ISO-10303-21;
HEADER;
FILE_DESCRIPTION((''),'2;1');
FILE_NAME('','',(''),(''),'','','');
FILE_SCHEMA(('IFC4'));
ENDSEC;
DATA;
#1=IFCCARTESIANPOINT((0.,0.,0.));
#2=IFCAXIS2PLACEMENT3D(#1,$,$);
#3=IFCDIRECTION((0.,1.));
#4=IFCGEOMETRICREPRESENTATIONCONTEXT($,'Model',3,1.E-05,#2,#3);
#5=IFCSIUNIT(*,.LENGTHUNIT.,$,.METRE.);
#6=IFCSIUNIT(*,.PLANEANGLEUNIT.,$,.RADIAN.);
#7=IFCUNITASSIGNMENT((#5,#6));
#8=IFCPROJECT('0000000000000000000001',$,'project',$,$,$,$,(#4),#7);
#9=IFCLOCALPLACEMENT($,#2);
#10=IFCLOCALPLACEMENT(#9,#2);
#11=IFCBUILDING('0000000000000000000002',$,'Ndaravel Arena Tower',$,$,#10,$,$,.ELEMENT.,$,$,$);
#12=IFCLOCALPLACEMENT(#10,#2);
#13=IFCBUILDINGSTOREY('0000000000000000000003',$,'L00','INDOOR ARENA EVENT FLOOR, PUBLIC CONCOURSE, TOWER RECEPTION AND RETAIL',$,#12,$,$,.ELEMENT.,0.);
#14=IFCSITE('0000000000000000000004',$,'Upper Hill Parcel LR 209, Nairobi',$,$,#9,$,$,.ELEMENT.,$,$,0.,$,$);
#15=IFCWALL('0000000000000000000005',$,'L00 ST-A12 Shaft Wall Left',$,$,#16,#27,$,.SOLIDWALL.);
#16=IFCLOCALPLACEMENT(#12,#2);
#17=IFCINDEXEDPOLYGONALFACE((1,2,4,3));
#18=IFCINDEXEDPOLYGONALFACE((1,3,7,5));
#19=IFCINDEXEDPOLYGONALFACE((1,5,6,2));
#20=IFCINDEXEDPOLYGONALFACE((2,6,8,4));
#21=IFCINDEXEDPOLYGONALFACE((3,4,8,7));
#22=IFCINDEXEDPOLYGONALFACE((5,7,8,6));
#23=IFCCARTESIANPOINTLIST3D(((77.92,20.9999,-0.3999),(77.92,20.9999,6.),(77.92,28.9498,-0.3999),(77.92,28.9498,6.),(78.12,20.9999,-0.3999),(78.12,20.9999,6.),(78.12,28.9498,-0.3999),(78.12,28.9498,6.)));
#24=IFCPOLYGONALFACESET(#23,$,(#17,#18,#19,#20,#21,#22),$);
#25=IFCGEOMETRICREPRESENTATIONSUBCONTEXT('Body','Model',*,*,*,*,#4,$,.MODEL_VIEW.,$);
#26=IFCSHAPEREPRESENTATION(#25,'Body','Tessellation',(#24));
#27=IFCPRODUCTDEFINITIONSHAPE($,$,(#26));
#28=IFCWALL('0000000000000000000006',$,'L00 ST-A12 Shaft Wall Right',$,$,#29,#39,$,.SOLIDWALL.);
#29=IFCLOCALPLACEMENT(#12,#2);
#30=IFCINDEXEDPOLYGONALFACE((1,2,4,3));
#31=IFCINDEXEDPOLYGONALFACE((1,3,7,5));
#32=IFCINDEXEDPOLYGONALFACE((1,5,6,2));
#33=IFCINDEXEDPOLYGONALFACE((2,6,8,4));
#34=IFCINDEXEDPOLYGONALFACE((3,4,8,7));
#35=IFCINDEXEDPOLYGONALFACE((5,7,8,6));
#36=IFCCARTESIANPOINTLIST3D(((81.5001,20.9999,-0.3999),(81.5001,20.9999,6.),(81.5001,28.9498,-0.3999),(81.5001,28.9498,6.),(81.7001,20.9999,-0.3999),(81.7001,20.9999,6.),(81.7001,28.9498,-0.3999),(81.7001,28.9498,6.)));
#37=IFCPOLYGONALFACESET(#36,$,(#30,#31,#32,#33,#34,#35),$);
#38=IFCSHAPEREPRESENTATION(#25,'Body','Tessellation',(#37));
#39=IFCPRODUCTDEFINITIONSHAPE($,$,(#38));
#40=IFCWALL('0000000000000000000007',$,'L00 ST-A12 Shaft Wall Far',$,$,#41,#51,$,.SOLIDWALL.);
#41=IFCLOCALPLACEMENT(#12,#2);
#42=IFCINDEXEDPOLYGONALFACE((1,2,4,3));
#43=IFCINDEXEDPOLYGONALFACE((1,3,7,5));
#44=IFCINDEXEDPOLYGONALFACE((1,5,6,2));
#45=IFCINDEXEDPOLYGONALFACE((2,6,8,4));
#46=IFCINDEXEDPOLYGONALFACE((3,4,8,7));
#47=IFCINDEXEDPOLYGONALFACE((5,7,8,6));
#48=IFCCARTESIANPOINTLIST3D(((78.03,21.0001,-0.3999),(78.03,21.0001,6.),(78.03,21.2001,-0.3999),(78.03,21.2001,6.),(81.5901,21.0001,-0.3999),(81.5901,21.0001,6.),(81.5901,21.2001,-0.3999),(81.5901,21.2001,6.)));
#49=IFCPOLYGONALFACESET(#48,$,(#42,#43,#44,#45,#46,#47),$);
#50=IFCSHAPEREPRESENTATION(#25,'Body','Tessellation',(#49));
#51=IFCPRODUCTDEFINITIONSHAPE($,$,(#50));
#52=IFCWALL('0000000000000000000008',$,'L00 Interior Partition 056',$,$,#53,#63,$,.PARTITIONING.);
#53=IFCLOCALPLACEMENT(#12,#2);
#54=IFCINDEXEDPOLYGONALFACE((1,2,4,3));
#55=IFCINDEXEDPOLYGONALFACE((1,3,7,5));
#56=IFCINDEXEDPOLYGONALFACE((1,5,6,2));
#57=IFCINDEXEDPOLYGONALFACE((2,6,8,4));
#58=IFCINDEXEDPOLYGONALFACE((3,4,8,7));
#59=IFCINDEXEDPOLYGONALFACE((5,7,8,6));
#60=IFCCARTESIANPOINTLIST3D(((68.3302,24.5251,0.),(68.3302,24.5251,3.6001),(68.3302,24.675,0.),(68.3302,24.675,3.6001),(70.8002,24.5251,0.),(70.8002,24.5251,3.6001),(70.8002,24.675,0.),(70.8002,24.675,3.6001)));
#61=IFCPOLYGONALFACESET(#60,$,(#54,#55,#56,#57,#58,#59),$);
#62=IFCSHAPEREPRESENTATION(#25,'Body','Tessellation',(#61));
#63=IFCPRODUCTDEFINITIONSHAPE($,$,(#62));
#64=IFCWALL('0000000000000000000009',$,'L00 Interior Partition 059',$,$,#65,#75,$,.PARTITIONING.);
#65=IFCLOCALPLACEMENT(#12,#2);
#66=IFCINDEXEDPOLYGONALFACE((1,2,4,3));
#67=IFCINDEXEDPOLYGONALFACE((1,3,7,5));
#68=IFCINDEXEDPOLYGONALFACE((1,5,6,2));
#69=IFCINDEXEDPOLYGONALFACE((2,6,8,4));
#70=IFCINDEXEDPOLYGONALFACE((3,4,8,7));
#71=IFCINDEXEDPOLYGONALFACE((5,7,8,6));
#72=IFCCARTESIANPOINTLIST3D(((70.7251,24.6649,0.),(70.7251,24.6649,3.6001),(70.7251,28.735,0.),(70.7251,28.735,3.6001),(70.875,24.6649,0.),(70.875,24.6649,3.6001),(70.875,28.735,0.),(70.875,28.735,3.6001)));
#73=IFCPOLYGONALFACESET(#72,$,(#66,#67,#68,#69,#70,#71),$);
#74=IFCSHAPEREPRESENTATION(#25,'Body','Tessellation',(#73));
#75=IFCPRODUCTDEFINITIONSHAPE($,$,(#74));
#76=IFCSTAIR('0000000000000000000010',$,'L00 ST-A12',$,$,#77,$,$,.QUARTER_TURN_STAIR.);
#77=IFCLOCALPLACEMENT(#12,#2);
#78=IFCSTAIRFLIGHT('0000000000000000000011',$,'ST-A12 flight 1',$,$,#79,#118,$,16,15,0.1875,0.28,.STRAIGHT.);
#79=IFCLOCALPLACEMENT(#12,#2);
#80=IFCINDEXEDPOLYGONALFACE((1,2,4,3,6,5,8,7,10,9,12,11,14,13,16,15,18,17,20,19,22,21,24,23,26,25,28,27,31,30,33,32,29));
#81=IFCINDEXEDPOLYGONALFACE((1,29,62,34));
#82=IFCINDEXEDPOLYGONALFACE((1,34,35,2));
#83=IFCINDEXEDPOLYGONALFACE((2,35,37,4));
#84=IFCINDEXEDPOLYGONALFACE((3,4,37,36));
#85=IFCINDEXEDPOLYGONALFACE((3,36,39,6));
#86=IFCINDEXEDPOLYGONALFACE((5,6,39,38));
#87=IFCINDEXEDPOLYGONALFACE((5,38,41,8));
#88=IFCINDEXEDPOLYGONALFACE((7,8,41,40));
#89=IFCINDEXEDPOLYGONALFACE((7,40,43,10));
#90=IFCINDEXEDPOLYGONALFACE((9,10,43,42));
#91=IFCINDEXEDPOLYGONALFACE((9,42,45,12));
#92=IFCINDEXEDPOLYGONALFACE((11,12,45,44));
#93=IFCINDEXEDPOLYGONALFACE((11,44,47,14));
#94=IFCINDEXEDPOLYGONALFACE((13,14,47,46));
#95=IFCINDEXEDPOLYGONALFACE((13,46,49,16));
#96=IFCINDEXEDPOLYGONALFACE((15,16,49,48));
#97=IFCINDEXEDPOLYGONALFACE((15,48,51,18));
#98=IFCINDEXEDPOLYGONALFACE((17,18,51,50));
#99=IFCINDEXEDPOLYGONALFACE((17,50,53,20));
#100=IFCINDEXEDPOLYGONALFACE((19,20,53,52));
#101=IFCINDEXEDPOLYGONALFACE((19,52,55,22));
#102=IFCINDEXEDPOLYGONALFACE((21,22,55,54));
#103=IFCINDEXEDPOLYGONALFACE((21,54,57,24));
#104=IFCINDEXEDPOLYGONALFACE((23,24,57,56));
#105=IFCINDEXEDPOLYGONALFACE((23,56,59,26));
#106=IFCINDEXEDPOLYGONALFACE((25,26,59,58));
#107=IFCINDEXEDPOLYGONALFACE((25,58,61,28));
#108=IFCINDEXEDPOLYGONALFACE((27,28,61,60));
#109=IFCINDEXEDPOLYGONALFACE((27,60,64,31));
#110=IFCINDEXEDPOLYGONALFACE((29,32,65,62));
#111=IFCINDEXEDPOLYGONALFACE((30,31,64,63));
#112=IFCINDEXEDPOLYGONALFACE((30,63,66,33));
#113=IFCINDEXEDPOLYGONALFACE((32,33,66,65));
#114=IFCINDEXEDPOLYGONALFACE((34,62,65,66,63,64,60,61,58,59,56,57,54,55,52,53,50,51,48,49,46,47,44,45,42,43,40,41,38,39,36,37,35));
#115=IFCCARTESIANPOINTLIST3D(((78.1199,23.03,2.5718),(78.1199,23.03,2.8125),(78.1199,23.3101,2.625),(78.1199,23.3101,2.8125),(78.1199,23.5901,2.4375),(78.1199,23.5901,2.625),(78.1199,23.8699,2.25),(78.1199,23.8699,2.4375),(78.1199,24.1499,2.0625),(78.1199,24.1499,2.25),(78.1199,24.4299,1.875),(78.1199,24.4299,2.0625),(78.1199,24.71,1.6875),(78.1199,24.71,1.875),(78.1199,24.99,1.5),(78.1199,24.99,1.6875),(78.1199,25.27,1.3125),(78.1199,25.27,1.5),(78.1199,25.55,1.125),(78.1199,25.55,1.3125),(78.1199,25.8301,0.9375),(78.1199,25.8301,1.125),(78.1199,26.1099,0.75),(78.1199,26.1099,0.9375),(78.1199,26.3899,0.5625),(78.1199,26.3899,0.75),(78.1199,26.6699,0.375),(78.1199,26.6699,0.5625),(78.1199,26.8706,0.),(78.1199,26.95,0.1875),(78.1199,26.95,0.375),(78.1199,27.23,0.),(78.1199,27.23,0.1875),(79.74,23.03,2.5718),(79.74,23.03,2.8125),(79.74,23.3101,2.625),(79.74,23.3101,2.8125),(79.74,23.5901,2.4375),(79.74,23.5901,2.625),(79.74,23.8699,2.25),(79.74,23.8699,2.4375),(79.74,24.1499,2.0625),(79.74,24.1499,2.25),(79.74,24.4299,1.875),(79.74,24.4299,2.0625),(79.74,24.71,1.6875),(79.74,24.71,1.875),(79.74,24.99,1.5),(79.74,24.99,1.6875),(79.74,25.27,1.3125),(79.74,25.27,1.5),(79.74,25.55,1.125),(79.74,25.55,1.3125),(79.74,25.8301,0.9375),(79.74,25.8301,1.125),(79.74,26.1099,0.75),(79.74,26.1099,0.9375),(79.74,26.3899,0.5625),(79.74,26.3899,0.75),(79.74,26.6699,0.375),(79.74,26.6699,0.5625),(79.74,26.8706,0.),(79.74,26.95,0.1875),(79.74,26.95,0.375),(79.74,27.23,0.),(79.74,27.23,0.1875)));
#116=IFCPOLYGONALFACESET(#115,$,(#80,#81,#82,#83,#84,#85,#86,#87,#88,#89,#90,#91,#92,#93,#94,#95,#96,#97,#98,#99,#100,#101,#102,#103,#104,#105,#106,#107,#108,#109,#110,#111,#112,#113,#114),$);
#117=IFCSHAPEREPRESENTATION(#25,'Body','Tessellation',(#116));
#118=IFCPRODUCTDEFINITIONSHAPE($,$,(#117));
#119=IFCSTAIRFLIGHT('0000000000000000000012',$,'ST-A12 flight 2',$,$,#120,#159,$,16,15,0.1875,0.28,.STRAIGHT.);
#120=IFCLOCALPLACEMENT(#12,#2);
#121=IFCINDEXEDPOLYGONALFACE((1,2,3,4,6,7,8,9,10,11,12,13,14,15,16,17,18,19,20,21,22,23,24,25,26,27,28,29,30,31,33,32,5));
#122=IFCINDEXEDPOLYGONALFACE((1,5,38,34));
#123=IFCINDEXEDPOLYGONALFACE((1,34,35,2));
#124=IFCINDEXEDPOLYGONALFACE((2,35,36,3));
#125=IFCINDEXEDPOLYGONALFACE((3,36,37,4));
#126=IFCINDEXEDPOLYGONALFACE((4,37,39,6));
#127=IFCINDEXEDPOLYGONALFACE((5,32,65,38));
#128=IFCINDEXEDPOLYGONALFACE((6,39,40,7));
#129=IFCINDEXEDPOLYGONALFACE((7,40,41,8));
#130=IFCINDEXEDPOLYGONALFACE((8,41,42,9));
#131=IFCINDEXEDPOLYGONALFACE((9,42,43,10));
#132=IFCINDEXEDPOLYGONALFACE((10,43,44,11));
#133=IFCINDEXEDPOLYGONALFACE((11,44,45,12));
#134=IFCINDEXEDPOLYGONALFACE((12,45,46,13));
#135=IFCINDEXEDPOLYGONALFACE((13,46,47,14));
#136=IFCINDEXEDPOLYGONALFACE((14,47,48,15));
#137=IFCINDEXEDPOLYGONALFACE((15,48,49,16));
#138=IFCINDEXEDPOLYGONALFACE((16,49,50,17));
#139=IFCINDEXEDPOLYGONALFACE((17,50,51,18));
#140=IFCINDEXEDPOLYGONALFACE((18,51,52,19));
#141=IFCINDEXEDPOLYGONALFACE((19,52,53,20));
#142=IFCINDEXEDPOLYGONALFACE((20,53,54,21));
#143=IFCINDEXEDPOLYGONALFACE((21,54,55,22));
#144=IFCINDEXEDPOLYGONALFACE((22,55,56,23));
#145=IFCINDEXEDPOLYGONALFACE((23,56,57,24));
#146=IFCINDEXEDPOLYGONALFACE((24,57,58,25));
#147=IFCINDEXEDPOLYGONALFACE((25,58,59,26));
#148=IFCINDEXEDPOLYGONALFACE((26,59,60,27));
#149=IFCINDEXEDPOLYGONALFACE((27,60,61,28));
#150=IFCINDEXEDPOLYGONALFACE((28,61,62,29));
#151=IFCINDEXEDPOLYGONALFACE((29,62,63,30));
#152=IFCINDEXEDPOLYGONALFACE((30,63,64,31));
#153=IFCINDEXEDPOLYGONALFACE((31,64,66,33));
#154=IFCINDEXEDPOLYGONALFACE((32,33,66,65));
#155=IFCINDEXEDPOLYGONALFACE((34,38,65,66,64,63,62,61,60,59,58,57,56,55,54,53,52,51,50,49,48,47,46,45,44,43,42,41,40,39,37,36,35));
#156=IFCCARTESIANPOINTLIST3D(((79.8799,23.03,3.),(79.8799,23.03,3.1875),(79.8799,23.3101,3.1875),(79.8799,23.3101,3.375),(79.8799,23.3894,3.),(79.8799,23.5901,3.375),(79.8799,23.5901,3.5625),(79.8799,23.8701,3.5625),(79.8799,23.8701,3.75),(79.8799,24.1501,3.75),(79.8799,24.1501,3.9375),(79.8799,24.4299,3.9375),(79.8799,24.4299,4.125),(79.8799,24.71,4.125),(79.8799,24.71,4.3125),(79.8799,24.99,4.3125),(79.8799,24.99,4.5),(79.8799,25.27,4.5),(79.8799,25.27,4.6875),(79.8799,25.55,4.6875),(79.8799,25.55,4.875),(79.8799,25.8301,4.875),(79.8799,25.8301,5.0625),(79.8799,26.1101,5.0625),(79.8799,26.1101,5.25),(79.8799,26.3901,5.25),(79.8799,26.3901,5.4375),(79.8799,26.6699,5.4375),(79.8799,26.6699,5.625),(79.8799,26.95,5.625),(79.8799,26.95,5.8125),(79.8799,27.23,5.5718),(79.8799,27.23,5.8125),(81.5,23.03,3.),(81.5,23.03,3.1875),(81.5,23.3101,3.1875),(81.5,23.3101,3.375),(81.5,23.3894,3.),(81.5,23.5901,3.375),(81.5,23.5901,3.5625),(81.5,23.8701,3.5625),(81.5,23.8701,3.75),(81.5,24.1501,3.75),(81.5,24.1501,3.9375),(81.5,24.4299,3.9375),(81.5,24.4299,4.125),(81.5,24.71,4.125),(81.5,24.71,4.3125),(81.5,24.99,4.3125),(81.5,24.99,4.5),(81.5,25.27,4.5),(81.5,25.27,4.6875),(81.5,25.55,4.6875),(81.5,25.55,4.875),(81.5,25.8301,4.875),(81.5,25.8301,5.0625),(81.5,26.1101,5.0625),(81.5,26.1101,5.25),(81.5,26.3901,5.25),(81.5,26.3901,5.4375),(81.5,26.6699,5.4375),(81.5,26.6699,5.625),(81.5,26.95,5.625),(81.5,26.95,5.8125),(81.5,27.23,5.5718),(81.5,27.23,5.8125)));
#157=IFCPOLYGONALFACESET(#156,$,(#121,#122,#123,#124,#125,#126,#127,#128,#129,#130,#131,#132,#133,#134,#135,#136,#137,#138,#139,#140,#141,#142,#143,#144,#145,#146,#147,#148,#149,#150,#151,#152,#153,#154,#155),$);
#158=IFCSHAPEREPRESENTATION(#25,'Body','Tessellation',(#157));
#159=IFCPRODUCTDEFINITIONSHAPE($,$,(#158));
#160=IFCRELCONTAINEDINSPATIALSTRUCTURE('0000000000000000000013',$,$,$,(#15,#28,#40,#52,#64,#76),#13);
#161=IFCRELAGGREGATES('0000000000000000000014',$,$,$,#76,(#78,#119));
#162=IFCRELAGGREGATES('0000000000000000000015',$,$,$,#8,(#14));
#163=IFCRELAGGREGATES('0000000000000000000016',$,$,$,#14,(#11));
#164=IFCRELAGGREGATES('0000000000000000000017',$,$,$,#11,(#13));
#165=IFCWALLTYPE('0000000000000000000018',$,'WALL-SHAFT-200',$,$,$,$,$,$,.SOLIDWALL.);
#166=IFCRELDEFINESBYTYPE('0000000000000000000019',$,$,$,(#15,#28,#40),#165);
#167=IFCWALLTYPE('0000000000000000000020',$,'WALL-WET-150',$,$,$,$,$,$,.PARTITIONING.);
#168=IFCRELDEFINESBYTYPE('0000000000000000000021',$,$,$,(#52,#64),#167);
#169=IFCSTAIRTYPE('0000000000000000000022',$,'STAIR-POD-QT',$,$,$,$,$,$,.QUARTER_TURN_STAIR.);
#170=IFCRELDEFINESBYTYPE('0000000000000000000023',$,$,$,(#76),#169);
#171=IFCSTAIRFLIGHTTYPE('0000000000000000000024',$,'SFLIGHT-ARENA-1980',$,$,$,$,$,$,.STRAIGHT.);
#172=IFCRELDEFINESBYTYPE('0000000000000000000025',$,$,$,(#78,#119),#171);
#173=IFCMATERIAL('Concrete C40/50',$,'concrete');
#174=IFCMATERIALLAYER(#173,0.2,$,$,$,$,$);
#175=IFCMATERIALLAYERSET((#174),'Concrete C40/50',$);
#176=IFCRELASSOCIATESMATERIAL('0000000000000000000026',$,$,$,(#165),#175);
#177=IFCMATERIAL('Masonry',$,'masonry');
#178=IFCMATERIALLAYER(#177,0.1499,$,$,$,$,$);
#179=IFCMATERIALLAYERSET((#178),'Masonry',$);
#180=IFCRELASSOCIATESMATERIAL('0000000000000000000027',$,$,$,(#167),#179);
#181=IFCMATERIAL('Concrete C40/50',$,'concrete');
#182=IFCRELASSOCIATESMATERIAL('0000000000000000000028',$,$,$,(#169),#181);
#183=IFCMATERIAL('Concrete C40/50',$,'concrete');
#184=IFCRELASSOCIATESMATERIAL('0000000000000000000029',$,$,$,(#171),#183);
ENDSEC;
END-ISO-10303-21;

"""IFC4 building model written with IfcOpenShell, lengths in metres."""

from ifc_helpers import new_model, si_unit, direction, frame, frame_2d, origin, place, context, subcontext, project, spatial, polyline, rectangle, outline, extrude, material, layer, layer_set, type_object, element, aggregate, save


model = new_model("IFC4")

# Units and contexts
model_context = context("Model", 3, precision=1e-05, world=origin(), true_north=direction((0.0, 1.0)))
body_context = subcontext(model_context, "Body", "Model", "MODEL_VIEW")
ifc_project = project(units=[si_unit("LENGTHUNIT", "METRE"), si_unit("PLANEANGLEUNIT", "RADIAN")], contexts=[model_context])

# Site, building, storey
site_placement = place(None, origin())
site = spatial("IfcSite", under=ifc_project, at=site_placement, Name="Upper Hill Parcel LR 209, Nairobi", CompositionType="ELEMENT", RefElevation=0.0)
building_placement = place(site_placement, origin())
building = spatial("IfcBuilding", under=site, at=building_placement, Name="Ndaravel Arena Tower", CompositionType="ELEMENT")
storey_placement = place(building_placement, origin())
storey = spatial("IfcBuildingStorey", under=building, at=storey_placement, Name="L00", Description="INDOOR ARENA EVENT FLOOR, PUBLIC CONCOURSE, TOWER RECEPTION AND RETAIL", CompositionType="ELEMENT", Elevation=0.0)

# Walls
ifc_material_1 = material(Name="Concrete C40/50", Category="concrete")
ifc_layer_1 = layer(ifc_material_1, 0.2)
ifc_layer_set_1 = layer_set([ifc_layer_1], Name="Concrete C40/50")
wall_type_1 = type_object("IfcWallType", Name="WALL-SHAFT-200", PredefinedType="SOLIDWALL", material=ifc_layer_set_1)
for number, where, z_axis, x_axis, name in (
    (1, (78.02, 28.95, -0.3999), (0.0, 0.0, 1.0), (0.0, -1.0, 0.0), "L00 ST-A12 Shaft Wall Left"),
    (2, (81.6001, 28.95, -0.3999), (0.0, 0.0, 1.0), (0.0, -1.0, 0.0), "L00 ST-A12 Shaft Wall Right"),
):
    element("IfcWall", number, at=place(storey_placement, frame(where, z_axis=z_axis, x_axis=x_axis)), inside=storey, type_object=wall_type_1, Name=name, PredefinedType="SOLIDWALL", context=body_context, shape_type="SweptSolid", body=[
        extrude(rectangle(XDim=7.95, YDim=0.2, at=frame_2d((3.9751, 0.0))), origin(), (0.0, 0.0, 1.0), 6.3999),
    ])
wall_1_placement = place(storey_placement, frame((78.03, 21.1001, -0.3999), z_axis=(0.0, 0.0, 1.0), x_axis=(1.0, 0.0, 0.0)))
element("IfcWall", 3, at=wall_1_placement, inside=storey, type_object=wall_type_1, Name="L00 ST-A12 Shaft Wall Far", PredefinedType="SOLIDWALL", context=body_context, shape_type="SweptSolid", body=[
    extrude(rectangle(XDim=3.5601, YDim=0.2, at=frame_2d((1.78, 0.0))), origin(), (0.0, 0.0, 1.0), 6.3999),
])
ifc_material_2 = material(Name="Masonry", Category="masonry")
ifc_layer_2 = layer(ifc_material_2, 0.1499)
ifc_layer_set_2 = layer_set([ifc_layer_2], Name="Masonry")
wall_type_2 = type_object("IfcWallType", Name="WALL-WET-150", PredefinedType="PARTITIONING", material=ifc_layer_set_2)
wall_2_placement = place(storey_placement, frame((70.8, 24.6001, 0.0), z_axis=(0.0, 0.0, 1.0), x_axis=(-1.0, 0.0, 0.0)))
element("IfcWall", 4, at=wall_2_placement, inside=storey, type_object=wall_type_2, Name="L00 Interior Partition 056", PredefinedType="PARTITIONING", context=body_context, shape_type="SweptSolid", body=[
    extrude(rectangle(XDim=2.47, YDim=0.1499, at=frame_2d((1.2349, 0.0))), origin(), (0.0, 0.0, 1.0), 3.6001),
])
wall_3_placement = place(storey_placement, frame((70.8, 28.7351, 0.0), z_axis=(0.0, 0.0, 1.0), x_axis=(0.0, -1.0, 0.0)))
element("IfcWall", 5, at=wall_3_placement, inside=storey, type_object=wall_type_2, Name="L00 Interior Partition 059", PredefinedType="PARTITIONING", context=body_context, shape_type="SweptSolid", body=[
    extrude(rectangle(XDim=4.0701, YDim=0.1499, at=frame_2d((2.0352, 0.0))), origin(), (0.0, 0.0, 1.0), 3.6001),
])

# Stair, stair flights
ifc_material_3 = material(Name="Concrete C40/50", Category="concrete")
stair_type = type_object("IfcStairType", Name="STAIR-POD-QT", PredefinedType="QUARTER_TURN_STAIR", material=ifc_material_3)
stair_placement = place(storey_placement, origin())
stair = element("IfcStair", 6, at=stair_placement, inside=storey, type_object=stair_type, Name="L00 ST-A12", PredefinedType="QUARTER_TURN_STAIR")
ifc_material_4 = material(Name="Concrete C40/50", Category="concrete")
stair_flight_type = type_object("IfcStairFlightType", Name="SFLIGHT-ARENA-1980", PredefinedType="STRAIGHT", material=ifc_material_4)
stair_flight_1_placement = place(storey_placement, frame((78.9299, 27.23, 0.0), z_axis=(0.0, 0.0, 1.0), x_axis=(0.0, -1.0, 0.0)))
stair_flight_1 = element("IfcStairFlight", 7, at=stair_flight_1_placement, type_object=stair_flight_type, Name="ST-A12 flight 1", NumberOfRisers=16, NumberOfTreads=15, PredefinedType="STRAIGHT", RiserHeight=0.1875, TreadLength=0.28, context=body_context, shape_type="SweptSolid", body=[
    extrude(outline(polyline([(0.0, 0.0), (0.0, 0.1875), (0.28, 0.1875), (0.28, 0.375), (0.5601, 0.375), (0.5601, 0.5625), (0.8401, 0.5625), (0.8401, 0.75), (1.1201, 0.75), (1.1201, 0.9375), (1.3999, 0.9375), (1.3999, 1.125), (1.6799, 1.125), (1.6799, 1.3125), (1.96, 1.3125), (1.96, 1.5), (2.24, 1.5), (2.24, 1.6875), (2.52, 1.6875), (2.52, 1.875), (2.8, 1.875), (2.8, 2.0625), (3.0801, 2.0625), (3.0801, 2.25), (3.3601, 2.25), (3.3601, 2.4375), (3.6399, 2.4375), (3.6399, 2.625), (3.9199, 2.625), (3.9199, 2.8125), (4.2, 2.8125), (4.2, 3.0), (4.2, 2.5718), (0.3594, 0.0), (0.0, 0.0)])), frame((0.0, 0.8101, 0.0), z_axis=(0.0, -1.0, 0.0), x_axis=(1.0, 0.0, 0.0)), (0.0, 0.0, 1.0), 1.6201),
])
stair_flight_2_placement = place(storey_placement, frame((80.6899, 23.03, 3.0), z_axis=(0.0, 0.0, 1.0), x_axis=(0.0, 1.0, 0.0)))
stair_flight_2 = element("IfcStairFlight", 8, at=stair_flight_2_placement, type_object=stair_flight_type, Name="ST-A12 flight 2", NumberOfRisers=16, NumberOfTreads=15, PredefinedType="STRAIGHT", RiserHeight=0.1875, TreadLength=0.28, context=body_context, shape_type="SweptSolid", body=[
    extrude(outline(polyline([(0.0, 0.0), (0.0, 0.1875), (0.28, 0.1875), (0.28, 0.375), (0.5601, 0.375), (0.5601, 0.5625), (0.8401, 0.5625), (0.8401, 0.75), (1.1201, 0.75), (1.1201, 0.9375), (1.3999, 0.9375), (1.3999, 1.125), (1.6799, 1.125), (1.6799, 1.3125), (1.96, 1.3125), (1.96, 1.5), (2.24, 1.5), (2.24, 1.6875), (2.52, 1.6875), (2.52, 1.875), (2.8, 1.875), (2.8, 2.0625), (3.0801, 2.0625), (3.0801, 2.25), (3.3601, 2.25), (3.3601, 2.4375), (3.6399, 2.4375), (3.6399, 2.625), (3.9199, 2.625), (3.9199, 2.8125), (4.2, 2.8125), (4.2, 3.0), (4.2, 2.5718), (0.3594, 0.0), (0.0, 0.0)])), frame((0.0, 0.8101, 0.0), z_axis=(0.0, -1.0, 0.0), x_axis=(1.0, 0.0, 0.0)), (0.0, 0.0, 1.0), 1.6201),
])
aggregate(stair, [stair_flight_1, stair_flight_2])

save(model, "model.ifc")
